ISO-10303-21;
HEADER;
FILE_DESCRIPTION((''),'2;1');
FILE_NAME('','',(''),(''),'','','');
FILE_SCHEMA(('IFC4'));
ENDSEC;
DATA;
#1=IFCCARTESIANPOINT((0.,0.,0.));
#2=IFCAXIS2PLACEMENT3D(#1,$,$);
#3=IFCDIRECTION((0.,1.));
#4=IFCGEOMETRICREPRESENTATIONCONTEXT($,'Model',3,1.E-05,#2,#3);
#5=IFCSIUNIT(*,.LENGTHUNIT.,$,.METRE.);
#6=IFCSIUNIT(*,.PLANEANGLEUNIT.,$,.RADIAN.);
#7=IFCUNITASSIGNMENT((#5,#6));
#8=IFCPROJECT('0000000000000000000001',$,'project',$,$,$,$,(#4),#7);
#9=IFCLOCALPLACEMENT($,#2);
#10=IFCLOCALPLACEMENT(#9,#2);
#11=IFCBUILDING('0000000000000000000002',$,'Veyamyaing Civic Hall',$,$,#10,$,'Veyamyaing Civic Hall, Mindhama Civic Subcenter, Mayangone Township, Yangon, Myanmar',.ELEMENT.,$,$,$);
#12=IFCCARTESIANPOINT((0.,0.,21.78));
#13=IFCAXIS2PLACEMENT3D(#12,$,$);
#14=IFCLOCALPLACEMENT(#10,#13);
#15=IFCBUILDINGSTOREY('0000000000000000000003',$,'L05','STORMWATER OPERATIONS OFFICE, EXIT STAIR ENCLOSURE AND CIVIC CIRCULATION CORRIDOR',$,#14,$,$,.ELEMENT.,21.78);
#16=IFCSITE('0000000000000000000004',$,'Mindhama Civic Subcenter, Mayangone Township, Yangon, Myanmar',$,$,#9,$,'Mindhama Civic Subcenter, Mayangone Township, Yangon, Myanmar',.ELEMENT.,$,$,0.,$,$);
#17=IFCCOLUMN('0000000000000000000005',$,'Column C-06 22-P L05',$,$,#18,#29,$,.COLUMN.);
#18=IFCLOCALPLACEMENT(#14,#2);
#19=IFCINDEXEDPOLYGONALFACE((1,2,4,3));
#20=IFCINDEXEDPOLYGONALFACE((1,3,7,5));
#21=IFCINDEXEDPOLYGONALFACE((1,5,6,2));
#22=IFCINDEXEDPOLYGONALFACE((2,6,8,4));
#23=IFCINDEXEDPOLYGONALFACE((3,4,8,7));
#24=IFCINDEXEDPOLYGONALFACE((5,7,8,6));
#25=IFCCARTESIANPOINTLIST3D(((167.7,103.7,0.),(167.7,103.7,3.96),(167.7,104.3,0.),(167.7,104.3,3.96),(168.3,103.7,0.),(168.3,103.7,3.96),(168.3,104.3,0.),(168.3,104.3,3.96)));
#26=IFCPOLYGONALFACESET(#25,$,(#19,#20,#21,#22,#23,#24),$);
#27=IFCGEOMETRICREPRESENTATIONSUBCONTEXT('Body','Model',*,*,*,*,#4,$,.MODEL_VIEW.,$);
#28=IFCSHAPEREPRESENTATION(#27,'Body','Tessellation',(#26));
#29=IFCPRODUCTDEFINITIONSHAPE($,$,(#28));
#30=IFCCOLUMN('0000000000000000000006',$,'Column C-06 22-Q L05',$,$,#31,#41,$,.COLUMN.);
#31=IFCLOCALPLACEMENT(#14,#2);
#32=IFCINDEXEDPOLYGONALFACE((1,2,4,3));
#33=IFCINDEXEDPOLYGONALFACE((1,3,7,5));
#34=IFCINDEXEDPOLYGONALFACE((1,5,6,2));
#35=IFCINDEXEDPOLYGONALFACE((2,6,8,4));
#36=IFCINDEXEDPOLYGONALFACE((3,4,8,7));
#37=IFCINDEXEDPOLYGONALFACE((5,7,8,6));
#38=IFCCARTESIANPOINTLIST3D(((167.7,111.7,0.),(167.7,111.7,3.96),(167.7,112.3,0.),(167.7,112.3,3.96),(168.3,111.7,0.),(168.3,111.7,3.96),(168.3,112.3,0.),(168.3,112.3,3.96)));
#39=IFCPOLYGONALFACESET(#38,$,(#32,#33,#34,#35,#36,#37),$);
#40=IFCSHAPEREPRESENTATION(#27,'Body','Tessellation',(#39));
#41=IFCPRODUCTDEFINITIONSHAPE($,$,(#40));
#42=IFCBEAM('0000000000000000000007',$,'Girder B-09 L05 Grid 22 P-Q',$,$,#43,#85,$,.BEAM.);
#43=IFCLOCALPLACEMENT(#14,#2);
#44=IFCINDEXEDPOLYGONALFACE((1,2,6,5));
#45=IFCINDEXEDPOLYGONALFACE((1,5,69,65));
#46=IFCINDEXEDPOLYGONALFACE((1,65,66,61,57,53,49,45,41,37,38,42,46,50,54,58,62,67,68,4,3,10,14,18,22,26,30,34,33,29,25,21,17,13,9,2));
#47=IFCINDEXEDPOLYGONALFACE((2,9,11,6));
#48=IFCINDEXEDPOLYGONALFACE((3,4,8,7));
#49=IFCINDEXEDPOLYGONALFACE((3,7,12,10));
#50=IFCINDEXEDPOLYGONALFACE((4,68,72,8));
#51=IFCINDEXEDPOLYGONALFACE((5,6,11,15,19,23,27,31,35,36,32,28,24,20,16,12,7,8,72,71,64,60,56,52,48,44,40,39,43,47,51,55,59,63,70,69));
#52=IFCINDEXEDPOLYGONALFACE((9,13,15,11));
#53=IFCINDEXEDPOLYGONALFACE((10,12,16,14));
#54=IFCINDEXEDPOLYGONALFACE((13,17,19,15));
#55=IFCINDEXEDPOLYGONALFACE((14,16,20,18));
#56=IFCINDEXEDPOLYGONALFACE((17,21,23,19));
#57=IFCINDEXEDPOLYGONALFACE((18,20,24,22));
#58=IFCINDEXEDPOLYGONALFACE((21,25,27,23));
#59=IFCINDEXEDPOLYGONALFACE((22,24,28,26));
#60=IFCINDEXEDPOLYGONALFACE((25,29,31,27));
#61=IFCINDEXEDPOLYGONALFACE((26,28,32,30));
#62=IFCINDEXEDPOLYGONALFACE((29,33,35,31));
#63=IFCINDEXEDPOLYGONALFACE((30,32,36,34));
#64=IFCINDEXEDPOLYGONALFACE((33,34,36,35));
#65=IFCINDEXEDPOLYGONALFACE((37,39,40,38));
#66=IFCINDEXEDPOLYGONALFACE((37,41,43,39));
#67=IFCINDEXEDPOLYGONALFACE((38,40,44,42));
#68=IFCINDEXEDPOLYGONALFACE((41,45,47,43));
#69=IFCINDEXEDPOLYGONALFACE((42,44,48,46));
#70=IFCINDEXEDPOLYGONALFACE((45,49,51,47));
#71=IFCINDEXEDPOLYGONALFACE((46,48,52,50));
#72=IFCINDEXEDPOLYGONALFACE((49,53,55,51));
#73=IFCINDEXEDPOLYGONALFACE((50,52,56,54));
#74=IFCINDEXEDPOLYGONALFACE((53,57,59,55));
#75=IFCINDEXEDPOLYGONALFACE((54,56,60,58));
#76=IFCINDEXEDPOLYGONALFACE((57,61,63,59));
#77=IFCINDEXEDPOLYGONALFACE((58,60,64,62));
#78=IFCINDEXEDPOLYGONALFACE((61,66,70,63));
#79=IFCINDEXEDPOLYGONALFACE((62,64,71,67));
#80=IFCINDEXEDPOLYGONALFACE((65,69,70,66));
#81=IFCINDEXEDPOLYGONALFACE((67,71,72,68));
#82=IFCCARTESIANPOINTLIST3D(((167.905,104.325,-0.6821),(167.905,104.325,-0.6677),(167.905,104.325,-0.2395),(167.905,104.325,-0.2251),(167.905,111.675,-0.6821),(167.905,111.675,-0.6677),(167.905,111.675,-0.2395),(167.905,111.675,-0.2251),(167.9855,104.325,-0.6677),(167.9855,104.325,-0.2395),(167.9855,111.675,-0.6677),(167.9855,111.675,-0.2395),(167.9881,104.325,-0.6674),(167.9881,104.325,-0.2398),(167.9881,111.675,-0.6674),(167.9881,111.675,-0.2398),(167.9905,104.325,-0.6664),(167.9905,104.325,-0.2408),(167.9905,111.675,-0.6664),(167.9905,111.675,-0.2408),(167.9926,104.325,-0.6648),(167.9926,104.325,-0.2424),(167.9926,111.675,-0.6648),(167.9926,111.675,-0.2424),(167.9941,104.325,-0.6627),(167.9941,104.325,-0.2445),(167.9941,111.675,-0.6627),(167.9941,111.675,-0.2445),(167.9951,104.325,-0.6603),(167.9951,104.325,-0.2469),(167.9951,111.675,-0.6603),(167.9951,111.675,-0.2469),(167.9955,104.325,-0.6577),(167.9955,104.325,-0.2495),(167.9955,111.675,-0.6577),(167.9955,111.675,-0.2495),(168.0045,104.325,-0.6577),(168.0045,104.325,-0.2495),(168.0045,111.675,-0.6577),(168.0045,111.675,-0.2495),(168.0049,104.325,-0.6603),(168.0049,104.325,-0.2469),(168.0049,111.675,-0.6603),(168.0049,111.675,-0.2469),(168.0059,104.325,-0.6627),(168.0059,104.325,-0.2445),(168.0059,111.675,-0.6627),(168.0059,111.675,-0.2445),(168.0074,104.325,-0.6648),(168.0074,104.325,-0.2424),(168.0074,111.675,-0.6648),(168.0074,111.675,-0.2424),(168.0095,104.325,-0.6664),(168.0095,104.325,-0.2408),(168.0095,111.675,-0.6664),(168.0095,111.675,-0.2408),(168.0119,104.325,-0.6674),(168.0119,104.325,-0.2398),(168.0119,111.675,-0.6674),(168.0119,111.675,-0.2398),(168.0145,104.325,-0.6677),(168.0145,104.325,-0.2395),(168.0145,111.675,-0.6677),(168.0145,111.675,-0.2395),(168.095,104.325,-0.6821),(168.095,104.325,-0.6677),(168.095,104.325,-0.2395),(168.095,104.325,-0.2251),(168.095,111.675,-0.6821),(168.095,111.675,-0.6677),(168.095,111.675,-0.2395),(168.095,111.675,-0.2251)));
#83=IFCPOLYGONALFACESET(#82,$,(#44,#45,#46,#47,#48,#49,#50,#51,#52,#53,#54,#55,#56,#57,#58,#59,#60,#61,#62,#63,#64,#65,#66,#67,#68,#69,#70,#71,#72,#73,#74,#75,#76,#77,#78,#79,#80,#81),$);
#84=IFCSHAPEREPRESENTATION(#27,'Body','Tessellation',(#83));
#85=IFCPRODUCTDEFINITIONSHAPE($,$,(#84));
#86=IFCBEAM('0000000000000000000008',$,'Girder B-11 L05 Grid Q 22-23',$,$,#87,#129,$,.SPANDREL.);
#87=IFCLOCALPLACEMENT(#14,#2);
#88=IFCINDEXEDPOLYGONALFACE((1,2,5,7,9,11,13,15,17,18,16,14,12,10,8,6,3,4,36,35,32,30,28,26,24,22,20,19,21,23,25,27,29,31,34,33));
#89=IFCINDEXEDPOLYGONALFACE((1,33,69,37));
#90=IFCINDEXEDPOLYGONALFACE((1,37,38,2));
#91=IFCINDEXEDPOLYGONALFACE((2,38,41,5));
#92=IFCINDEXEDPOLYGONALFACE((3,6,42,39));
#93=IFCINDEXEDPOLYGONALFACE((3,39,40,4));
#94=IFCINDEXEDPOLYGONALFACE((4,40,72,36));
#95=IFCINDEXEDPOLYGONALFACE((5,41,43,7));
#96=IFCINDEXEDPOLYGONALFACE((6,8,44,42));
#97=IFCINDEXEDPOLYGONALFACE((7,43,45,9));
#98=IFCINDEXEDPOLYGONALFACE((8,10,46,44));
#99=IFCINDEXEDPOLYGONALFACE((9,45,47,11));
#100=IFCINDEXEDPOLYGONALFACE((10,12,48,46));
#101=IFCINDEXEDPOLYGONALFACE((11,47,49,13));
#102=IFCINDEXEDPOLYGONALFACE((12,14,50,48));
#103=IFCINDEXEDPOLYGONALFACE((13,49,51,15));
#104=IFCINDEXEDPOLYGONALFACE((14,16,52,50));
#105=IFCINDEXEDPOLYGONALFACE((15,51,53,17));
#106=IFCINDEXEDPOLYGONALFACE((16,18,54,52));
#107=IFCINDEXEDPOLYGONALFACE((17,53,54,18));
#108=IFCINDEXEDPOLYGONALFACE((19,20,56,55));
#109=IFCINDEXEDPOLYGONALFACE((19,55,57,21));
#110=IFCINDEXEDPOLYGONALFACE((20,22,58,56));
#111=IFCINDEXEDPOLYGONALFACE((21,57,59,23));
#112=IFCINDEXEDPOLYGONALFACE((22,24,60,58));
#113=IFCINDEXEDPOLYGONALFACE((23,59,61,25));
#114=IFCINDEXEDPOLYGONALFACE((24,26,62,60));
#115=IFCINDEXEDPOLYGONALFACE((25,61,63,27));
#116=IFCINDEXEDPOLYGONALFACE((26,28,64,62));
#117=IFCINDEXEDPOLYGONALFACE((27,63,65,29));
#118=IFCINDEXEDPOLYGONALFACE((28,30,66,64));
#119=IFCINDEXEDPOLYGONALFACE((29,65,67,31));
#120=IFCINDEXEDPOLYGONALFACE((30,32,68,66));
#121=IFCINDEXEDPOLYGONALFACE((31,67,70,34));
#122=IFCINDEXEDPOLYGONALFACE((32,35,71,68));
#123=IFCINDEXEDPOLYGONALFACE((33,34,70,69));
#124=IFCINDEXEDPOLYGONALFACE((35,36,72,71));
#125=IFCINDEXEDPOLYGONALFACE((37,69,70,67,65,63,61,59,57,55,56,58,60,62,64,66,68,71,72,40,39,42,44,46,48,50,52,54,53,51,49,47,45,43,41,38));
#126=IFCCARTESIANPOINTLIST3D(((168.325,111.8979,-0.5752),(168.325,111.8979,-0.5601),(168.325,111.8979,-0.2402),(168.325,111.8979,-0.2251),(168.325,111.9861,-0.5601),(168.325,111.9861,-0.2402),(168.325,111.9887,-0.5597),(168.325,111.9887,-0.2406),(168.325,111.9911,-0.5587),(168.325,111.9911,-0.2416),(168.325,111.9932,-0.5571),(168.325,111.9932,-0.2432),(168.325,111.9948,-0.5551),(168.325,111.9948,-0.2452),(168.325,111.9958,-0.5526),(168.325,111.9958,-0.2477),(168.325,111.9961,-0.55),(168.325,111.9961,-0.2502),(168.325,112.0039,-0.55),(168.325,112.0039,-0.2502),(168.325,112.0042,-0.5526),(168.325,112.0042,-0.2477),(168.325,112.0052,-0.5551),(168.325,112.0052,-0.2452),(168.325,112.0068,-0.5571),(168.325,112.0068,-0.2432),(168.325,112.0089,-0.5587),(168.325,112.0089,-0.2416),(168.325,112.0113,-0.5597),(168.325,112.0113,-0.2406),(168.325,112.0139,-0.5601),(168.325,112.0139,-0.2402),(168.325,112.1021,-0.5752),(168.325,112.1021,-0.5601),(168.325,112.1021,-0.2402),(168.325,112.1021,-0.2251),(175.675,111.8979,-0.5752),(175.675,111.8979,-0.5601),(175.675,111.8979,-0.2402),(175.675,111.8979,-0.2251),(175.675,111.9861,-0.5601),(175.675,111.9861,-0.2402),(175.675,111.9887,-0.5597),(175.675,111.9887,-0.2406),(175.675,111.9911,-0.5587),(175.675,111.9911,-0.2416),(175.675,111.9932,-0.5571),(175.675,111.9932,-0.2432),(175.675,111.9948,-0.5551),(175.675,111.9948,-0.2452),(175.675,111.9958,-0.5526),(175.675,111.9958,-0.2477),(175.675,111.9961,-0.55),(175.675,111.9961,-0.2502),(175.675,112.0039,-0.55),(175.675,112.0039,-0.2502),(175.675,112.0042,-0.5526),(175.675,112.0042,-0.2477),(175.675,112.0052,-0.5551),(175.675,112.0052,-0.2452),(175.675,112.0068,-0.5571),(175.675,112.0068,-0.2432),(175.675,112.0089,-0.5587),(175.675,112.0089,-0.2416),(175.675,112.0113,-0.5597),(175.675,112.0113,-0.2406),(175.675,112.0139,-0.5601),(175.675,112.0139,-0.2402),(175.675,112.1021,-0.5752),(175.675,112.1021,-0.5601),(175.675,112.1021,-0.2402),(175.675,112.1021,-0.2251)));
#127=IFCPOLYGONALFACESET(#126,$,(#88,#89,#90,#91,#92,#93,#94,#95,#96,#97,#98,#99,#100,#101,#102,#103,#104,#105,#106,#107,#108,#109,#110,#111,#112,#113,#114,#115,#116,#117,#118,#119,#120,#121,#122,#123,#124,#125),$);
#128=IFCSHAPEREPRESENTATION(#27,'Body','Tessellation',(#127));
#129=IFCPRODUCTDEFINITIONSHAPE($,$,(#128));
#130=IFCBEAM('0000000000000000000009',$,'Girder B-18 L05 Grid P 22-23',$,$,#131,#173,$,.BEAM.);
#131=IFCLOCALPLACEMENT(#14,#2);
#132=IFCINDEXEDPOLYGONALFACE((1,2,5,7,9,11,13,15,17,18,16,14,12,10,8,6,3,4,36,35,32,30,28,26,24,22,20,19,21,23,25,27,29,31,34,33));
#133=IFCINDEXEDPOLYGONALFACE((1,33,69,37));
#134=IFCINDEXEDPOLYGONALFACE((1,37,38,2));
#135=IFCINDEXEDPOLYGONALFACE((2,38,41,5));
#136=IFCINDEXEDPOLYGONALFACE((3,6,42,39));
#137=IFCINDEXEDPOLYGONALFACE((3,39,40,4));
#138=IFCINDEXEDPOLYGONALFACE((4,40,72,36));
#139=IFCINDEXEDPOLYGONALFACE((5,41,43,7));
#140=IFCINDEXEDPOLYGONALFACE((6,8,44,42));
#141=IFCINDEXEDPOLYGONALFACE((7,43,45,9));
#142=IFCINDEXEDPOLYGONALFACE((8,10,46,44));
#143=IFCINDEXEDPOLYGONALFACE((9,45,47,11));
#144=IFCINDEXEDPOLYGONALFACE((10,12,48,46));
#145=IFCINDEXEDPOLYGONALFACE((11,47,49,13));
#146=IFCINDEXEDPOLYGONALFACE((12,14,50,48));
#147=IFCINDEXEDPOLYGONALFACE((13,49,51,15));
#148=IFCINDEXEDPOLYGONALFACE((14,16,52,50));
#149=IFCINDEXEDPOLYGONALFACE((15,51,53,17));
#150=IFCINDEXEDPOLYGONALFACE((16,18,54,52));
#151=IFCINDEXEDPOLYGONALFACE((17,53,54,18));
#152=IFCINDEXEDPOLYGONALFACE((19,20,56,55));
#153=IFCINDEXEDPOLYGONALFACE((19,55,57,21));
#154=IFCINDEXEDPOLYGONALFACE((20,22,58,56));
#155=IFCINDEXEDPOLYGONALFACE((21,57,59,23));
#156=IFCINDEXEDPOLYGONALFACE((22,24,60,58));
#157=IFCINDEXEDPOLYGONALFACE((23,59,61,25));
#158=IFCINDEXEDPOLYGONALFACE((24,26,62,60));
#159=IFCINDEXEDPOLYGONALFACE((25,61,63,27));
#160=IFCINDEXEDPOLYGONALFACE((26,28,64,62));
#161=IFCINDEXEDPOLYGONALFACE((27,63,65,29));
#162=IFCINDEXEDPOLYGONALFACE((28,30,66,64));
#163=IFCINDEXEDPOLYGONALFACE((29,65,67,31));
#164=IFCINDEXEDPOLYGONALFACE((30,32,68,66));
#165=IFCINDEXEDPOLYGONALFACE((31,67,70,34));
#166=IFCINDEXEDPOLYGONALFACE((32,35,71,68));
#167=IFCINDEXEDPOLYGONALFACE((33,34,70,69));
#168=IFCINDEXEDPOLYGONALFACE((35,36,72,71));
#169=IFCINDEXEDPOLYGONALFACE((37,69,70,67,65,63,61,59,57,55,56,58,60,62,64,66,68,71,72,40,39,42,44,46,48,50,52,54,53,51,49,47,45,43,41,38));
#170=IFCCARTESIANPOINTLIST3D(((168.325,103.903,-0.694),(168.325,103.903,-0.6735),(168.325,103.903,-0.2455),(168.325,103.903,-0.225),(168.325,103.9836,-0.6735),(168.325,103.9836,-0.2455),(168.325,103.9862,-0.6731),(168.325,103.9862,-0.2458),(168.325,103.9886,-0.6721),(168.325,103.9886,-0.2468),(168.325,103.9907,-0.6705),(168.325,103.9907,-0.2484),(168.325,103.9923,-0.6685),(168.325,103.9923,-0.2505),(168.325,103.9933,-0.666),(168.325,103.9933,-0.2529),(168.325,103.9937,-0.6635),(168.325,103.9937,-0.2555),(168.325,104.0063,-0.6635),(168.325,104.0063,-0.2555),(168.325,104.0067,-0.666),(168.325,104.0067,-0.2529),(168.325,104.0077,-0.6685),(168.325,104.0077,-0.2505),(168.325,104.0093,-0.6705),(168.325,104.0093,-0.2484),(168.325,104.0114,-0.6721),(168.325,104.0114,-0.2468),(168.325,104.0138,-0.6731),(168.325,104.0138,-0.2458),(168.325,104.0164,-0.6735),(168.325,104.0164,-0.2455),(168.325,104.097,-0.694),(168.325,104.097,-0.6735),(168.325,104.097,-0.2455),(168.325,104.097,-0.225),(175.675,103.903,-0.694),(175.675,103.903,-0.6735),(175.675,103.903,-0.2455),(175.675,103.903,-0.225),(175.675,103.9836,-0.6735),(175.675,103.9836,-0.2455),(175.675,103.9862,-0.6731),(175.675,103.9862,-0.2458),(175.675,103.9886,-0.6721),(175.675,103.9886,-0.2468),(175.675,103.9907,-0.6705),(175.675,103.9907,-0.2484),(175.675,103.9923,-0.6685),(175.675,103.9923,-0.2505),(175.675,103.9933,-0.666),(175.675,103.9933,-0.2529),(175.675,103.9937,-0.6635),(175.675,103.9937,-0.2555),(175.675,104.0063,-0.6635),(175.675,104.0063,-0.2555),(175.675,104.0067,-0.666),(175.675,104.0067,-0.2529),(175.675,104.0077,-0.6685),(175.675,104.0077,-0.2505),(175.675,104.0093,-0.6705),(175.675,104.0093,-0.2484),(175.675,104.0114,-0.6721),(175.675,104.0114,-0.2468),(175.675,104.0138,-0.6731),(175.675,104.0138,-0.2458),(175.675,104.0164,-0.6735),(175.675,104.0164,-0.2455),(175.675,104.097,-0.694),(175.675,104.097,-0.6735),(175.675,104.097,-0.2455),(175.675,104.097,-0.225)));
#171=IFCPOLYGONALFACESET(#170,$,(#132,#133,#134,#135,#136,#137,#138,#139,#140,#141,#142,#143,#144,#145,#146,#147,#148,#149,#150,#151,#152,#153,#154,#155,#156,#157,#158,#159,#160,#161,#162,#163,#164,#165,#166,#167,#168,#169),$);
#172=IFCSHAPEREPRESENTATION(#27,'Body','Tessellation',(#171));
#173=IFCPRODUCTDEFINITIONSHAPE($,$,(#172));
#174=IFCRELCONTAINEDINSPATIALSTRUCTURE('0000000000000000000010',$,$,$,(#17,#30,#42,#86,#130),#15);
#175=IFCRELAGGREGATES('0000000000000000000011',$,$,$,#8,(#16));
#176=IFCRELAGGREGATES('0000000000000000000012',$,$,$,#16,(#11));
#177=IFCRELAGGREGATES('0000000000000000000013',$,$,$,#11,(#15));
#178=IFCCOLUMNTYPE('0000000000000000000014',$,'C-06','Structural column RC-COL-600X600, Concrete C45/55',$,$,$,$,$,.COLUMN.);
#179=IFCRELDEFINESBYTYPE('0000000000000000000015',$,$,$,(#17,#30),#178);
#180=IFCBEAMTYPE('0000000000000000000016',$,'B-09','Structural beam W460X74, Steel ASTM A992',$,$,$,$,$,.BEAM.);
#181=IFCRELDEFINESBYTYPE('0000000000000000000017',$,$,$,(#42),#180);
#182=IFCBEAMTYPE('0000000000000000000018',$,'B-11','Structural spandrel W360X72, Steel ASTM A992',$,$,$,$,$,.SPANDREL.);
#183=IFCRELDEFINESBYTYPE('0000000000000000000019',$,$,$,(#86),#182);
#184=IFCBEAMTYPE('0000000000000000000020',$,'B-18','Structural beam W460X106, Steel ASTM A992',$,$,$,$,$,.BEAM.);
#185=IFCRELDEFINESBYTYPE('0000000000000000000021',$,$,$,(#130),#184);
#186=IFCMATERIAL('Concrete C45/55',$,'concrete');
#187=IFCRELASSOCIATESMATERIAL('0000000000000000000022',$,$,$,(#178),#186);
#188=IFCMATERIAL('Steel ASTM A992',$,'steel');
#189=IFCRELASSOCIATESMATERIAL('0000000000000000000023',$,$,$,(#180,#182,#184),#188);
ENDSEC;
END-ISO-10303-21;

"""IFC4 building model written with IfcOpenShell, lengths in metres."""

from ifc_helpers import new_model, si_unit, direction, frame, origin, origin_2d, place, context, subcontext, project, spatial, rectangle, i_section, extrude, material, material_profile, profile_set, type_object, element, save


model = new_model("IFC4")

# Units and contexts
model_context = context("Model", 3, precision=1e-05, world=origin(), true_north=direction((0.0, 1.0)))
body_context = subcontext(model_context, "Body", "Model", "MODEL_VIEW")
ifc_project = project(units=[si_unit("LENGTHUNIT", "METRE"), si_unit("PLANEANGLEUNIT", "RADIAN")], contexts=[model_context])

# Site, building, storey
site_placement = place(None, origin())
site = spatial("IfcSite", under=ifc_project, at=site_placement, Name="Mindhama Civic Subcenter, Mayangone Township, Yangon, Myanmar", LongName="Mindhama Civic Subcenter, Mayangone Township, Yangon, Myanmar", CompositionType="ELEMENT", RefElevation=0.0)
building_placement = place(site_placement, origin())
building = spatial("IfcBuilding", under=site, at=building_placement, Name="Veyamyaing Civic Hall", LongName="Veyamyaing Civic Hall, Mindhama Civic Subcenter, Mayangone Township, Yangon, Myanmar", CompositionType="ELEMENT")
storey_placement = place(building_placement, frame((0.0, 0.0, 21.78)))
storey = spatial("IfcBuildingStorey", under=building, at=storey_placement, Name="L05", Description="STORMWATER OPERATIONS OFFICE, EXIT STAIR ENCLOSURE AND CIVIC CIRCULATION CORRIDOR", CompositionType="ELEMENT", Elevation=21.78)

# Columns
ifc_material_1 = material(Name="Concrete C45/55", Category="concrete")
ifc_material_profile_1 = material_profile(ifc_material_1, rectangle(XDim=0.6001, YDim=0.6001, at=origin_2d()), Name="RC-COL-600X600")
ifc_profile_set_1 = profile_set([ifc_material_profile_1], Name="Concrete C45/55")
column_type = type_object("IfcColumnType", Name="C-06", Description="Structural column RC-COL-600X600, Concrete C45/55", PredefinedType="COLUMN", material=ifc_profile_set_1)
for number, where, z_axis, x_axis, name in (
    (1, (168.0, 104.0, 0.0), (0.0, 0.0, 1.0), (1.0, 0.0, 0.0), "Column C-06 22-P L05"),
    (2, (168.0, 112.0, 0.0), (0.0, 0.0, 1.0), (1.0, 0.0, 0.0), "Column C-06 22-Q L05"),
):
    element("IfcColumn", number, at=place(storey_placement, frame(where, z_axis=z_axis, x_axis=x_axis)), inside=storey, type_object=column_type, Name=name, PredefinedType="COLUMN", context=body_context, shape_type="SweptSolid", body=[
        extrude(rectangle(XDim=0.6001, YDim=0.6001, at=origin_2d()), origin(), (0.0, 0.0, 1.0), 3.96),
    ])

# Beams
ifc_material_2 = material(Name="Steel ASTM A992", Category="steel")
ifc_material_profile_2 = material_profile(ifc_material_2, i_section(OverallWidth=0.1899, OverallDepth=0.457, WebThickness=0.009, FlangeThickness=0.0144, FilletRadius=0.01, at=origin_2d()), Name="W460X74")
ifc_profile_set_2 = profile_set([ifc_material_profile_2], Name="Steel ASTM A992")
beam_type_1 = type_object("IfcBeamType", Name="B-09", Description="Structural beam W460X74, Steel ASTM A992", PredefinedType="BEAM", material=ifc_profile_set_2)
beam_1_placement = place(storey_placement, frame((168.0, 104.325, -0.4536), z_axis=(0.0, 1.0, 0.0), x_axis=(-1.0, 0.0, 0.0)))
element("IfcBeam", 3, at=beam_1_placement, inside=storey, type_object=beam_type_1, Name="Girder B-09 L05 Grid 22 P-Q", PredefinedType="BEAM", context=body_context, shape_type="SweptSolid", body=[
    extrude(i_section(OverallWidth=0.1899, OverallDepth=0.457, WebThickness=0.009, FlangeThickness=0.0144, FilletRadius=0.01, at=origin_2d()), origin(), (0.0, 0.0, 1.0), 7.3501),
])
ifc_material_profile_3 = material_profile(ifc_material_2, i_section(OverallWidth=0.2041, OverallDepth=0.3501, WebThickness=0.0078, FlangeThickness=0.0151, FilletRadius=0.01, at=origin_2d()), Name="W360X72")
ifc_profile_set_3 = profile_set([ifc_material_profile_3], Name="Steel ASTM A992")
beam_type_2 = type_object("IfcBeamType", Name="B-11", Description="Structural spandrel W360X72, Steel ASTM A992", PredefinedType="SPANDREL", material=ifc_profile_set_3)
beam_2_placement = place(storey_placement, frame((168.325, 112.0, -0.4001), z_axis=(1.0, 0.0, 0.0), x_axis=(0.0, 1.0, 0.0)))
element("IfcBeam", 4, at=beam_2_placement, inside=storey, type_object=beam_type_2, Name="Girder B-11 L05 Grid Q 22-23", PredefinedType="SPANDREL", context=body_context, shape_type="SweptSolid", body=[
    extrude(i_section(OverallWidth=0.2041, OverallDepth=0.3501, WebThickness=0.0078, FlangeThickness=0.0151, FilletRadius=0.01, at=origin_2d()), origin(), (0.0, 0.0, 1.0), 7.3501),
])
ifc_material_profile_4 = material_profile(ifc_material_2, i_section(OverallWidth=0.1941, OverallDepth=0.469, WebThickness=0.0127, FlangeThickness=0.0205, FilletRadius=0.01, at=origin_2d()), Name="W460X106")
ifc_profile_set_4 = profile_set([ifc_material_profile_4], Name="Steel ASTM A992")
beam_type_3 = type_object("IfcBeamType", Name="B-18", Description="Structural beam W460X106, Steel ASTM A992", PredefinedType="BEAM", material=ifc_profile_set_4)
beam_3_placement = place(storey_placement, frame((168.325, 104.0, -0.4595), z_axis=(1.0, 0.0, 0.0), x_axis=(0.0, 1.0, 0.0)))
element("IfcBeam", 5, at=beam_3_placement, inside=storey, type_object=beam_type_3, Name="Girder B-18 L05 Grid P 22-23", PredefinedType="BEAM", context=body_context, shape_type="SweptSolid", body=[
    extrude(i_section(OverallWidth=0.1941, OverallDepth=0.469, WebThickness=0.0127, FlangeThickness=0.0205, FilletRadius=0.01, at=origin_2d()), origin(), (0.0, 0.0, 1.0), 7.3501),
])

save(model, "model.ifc")
